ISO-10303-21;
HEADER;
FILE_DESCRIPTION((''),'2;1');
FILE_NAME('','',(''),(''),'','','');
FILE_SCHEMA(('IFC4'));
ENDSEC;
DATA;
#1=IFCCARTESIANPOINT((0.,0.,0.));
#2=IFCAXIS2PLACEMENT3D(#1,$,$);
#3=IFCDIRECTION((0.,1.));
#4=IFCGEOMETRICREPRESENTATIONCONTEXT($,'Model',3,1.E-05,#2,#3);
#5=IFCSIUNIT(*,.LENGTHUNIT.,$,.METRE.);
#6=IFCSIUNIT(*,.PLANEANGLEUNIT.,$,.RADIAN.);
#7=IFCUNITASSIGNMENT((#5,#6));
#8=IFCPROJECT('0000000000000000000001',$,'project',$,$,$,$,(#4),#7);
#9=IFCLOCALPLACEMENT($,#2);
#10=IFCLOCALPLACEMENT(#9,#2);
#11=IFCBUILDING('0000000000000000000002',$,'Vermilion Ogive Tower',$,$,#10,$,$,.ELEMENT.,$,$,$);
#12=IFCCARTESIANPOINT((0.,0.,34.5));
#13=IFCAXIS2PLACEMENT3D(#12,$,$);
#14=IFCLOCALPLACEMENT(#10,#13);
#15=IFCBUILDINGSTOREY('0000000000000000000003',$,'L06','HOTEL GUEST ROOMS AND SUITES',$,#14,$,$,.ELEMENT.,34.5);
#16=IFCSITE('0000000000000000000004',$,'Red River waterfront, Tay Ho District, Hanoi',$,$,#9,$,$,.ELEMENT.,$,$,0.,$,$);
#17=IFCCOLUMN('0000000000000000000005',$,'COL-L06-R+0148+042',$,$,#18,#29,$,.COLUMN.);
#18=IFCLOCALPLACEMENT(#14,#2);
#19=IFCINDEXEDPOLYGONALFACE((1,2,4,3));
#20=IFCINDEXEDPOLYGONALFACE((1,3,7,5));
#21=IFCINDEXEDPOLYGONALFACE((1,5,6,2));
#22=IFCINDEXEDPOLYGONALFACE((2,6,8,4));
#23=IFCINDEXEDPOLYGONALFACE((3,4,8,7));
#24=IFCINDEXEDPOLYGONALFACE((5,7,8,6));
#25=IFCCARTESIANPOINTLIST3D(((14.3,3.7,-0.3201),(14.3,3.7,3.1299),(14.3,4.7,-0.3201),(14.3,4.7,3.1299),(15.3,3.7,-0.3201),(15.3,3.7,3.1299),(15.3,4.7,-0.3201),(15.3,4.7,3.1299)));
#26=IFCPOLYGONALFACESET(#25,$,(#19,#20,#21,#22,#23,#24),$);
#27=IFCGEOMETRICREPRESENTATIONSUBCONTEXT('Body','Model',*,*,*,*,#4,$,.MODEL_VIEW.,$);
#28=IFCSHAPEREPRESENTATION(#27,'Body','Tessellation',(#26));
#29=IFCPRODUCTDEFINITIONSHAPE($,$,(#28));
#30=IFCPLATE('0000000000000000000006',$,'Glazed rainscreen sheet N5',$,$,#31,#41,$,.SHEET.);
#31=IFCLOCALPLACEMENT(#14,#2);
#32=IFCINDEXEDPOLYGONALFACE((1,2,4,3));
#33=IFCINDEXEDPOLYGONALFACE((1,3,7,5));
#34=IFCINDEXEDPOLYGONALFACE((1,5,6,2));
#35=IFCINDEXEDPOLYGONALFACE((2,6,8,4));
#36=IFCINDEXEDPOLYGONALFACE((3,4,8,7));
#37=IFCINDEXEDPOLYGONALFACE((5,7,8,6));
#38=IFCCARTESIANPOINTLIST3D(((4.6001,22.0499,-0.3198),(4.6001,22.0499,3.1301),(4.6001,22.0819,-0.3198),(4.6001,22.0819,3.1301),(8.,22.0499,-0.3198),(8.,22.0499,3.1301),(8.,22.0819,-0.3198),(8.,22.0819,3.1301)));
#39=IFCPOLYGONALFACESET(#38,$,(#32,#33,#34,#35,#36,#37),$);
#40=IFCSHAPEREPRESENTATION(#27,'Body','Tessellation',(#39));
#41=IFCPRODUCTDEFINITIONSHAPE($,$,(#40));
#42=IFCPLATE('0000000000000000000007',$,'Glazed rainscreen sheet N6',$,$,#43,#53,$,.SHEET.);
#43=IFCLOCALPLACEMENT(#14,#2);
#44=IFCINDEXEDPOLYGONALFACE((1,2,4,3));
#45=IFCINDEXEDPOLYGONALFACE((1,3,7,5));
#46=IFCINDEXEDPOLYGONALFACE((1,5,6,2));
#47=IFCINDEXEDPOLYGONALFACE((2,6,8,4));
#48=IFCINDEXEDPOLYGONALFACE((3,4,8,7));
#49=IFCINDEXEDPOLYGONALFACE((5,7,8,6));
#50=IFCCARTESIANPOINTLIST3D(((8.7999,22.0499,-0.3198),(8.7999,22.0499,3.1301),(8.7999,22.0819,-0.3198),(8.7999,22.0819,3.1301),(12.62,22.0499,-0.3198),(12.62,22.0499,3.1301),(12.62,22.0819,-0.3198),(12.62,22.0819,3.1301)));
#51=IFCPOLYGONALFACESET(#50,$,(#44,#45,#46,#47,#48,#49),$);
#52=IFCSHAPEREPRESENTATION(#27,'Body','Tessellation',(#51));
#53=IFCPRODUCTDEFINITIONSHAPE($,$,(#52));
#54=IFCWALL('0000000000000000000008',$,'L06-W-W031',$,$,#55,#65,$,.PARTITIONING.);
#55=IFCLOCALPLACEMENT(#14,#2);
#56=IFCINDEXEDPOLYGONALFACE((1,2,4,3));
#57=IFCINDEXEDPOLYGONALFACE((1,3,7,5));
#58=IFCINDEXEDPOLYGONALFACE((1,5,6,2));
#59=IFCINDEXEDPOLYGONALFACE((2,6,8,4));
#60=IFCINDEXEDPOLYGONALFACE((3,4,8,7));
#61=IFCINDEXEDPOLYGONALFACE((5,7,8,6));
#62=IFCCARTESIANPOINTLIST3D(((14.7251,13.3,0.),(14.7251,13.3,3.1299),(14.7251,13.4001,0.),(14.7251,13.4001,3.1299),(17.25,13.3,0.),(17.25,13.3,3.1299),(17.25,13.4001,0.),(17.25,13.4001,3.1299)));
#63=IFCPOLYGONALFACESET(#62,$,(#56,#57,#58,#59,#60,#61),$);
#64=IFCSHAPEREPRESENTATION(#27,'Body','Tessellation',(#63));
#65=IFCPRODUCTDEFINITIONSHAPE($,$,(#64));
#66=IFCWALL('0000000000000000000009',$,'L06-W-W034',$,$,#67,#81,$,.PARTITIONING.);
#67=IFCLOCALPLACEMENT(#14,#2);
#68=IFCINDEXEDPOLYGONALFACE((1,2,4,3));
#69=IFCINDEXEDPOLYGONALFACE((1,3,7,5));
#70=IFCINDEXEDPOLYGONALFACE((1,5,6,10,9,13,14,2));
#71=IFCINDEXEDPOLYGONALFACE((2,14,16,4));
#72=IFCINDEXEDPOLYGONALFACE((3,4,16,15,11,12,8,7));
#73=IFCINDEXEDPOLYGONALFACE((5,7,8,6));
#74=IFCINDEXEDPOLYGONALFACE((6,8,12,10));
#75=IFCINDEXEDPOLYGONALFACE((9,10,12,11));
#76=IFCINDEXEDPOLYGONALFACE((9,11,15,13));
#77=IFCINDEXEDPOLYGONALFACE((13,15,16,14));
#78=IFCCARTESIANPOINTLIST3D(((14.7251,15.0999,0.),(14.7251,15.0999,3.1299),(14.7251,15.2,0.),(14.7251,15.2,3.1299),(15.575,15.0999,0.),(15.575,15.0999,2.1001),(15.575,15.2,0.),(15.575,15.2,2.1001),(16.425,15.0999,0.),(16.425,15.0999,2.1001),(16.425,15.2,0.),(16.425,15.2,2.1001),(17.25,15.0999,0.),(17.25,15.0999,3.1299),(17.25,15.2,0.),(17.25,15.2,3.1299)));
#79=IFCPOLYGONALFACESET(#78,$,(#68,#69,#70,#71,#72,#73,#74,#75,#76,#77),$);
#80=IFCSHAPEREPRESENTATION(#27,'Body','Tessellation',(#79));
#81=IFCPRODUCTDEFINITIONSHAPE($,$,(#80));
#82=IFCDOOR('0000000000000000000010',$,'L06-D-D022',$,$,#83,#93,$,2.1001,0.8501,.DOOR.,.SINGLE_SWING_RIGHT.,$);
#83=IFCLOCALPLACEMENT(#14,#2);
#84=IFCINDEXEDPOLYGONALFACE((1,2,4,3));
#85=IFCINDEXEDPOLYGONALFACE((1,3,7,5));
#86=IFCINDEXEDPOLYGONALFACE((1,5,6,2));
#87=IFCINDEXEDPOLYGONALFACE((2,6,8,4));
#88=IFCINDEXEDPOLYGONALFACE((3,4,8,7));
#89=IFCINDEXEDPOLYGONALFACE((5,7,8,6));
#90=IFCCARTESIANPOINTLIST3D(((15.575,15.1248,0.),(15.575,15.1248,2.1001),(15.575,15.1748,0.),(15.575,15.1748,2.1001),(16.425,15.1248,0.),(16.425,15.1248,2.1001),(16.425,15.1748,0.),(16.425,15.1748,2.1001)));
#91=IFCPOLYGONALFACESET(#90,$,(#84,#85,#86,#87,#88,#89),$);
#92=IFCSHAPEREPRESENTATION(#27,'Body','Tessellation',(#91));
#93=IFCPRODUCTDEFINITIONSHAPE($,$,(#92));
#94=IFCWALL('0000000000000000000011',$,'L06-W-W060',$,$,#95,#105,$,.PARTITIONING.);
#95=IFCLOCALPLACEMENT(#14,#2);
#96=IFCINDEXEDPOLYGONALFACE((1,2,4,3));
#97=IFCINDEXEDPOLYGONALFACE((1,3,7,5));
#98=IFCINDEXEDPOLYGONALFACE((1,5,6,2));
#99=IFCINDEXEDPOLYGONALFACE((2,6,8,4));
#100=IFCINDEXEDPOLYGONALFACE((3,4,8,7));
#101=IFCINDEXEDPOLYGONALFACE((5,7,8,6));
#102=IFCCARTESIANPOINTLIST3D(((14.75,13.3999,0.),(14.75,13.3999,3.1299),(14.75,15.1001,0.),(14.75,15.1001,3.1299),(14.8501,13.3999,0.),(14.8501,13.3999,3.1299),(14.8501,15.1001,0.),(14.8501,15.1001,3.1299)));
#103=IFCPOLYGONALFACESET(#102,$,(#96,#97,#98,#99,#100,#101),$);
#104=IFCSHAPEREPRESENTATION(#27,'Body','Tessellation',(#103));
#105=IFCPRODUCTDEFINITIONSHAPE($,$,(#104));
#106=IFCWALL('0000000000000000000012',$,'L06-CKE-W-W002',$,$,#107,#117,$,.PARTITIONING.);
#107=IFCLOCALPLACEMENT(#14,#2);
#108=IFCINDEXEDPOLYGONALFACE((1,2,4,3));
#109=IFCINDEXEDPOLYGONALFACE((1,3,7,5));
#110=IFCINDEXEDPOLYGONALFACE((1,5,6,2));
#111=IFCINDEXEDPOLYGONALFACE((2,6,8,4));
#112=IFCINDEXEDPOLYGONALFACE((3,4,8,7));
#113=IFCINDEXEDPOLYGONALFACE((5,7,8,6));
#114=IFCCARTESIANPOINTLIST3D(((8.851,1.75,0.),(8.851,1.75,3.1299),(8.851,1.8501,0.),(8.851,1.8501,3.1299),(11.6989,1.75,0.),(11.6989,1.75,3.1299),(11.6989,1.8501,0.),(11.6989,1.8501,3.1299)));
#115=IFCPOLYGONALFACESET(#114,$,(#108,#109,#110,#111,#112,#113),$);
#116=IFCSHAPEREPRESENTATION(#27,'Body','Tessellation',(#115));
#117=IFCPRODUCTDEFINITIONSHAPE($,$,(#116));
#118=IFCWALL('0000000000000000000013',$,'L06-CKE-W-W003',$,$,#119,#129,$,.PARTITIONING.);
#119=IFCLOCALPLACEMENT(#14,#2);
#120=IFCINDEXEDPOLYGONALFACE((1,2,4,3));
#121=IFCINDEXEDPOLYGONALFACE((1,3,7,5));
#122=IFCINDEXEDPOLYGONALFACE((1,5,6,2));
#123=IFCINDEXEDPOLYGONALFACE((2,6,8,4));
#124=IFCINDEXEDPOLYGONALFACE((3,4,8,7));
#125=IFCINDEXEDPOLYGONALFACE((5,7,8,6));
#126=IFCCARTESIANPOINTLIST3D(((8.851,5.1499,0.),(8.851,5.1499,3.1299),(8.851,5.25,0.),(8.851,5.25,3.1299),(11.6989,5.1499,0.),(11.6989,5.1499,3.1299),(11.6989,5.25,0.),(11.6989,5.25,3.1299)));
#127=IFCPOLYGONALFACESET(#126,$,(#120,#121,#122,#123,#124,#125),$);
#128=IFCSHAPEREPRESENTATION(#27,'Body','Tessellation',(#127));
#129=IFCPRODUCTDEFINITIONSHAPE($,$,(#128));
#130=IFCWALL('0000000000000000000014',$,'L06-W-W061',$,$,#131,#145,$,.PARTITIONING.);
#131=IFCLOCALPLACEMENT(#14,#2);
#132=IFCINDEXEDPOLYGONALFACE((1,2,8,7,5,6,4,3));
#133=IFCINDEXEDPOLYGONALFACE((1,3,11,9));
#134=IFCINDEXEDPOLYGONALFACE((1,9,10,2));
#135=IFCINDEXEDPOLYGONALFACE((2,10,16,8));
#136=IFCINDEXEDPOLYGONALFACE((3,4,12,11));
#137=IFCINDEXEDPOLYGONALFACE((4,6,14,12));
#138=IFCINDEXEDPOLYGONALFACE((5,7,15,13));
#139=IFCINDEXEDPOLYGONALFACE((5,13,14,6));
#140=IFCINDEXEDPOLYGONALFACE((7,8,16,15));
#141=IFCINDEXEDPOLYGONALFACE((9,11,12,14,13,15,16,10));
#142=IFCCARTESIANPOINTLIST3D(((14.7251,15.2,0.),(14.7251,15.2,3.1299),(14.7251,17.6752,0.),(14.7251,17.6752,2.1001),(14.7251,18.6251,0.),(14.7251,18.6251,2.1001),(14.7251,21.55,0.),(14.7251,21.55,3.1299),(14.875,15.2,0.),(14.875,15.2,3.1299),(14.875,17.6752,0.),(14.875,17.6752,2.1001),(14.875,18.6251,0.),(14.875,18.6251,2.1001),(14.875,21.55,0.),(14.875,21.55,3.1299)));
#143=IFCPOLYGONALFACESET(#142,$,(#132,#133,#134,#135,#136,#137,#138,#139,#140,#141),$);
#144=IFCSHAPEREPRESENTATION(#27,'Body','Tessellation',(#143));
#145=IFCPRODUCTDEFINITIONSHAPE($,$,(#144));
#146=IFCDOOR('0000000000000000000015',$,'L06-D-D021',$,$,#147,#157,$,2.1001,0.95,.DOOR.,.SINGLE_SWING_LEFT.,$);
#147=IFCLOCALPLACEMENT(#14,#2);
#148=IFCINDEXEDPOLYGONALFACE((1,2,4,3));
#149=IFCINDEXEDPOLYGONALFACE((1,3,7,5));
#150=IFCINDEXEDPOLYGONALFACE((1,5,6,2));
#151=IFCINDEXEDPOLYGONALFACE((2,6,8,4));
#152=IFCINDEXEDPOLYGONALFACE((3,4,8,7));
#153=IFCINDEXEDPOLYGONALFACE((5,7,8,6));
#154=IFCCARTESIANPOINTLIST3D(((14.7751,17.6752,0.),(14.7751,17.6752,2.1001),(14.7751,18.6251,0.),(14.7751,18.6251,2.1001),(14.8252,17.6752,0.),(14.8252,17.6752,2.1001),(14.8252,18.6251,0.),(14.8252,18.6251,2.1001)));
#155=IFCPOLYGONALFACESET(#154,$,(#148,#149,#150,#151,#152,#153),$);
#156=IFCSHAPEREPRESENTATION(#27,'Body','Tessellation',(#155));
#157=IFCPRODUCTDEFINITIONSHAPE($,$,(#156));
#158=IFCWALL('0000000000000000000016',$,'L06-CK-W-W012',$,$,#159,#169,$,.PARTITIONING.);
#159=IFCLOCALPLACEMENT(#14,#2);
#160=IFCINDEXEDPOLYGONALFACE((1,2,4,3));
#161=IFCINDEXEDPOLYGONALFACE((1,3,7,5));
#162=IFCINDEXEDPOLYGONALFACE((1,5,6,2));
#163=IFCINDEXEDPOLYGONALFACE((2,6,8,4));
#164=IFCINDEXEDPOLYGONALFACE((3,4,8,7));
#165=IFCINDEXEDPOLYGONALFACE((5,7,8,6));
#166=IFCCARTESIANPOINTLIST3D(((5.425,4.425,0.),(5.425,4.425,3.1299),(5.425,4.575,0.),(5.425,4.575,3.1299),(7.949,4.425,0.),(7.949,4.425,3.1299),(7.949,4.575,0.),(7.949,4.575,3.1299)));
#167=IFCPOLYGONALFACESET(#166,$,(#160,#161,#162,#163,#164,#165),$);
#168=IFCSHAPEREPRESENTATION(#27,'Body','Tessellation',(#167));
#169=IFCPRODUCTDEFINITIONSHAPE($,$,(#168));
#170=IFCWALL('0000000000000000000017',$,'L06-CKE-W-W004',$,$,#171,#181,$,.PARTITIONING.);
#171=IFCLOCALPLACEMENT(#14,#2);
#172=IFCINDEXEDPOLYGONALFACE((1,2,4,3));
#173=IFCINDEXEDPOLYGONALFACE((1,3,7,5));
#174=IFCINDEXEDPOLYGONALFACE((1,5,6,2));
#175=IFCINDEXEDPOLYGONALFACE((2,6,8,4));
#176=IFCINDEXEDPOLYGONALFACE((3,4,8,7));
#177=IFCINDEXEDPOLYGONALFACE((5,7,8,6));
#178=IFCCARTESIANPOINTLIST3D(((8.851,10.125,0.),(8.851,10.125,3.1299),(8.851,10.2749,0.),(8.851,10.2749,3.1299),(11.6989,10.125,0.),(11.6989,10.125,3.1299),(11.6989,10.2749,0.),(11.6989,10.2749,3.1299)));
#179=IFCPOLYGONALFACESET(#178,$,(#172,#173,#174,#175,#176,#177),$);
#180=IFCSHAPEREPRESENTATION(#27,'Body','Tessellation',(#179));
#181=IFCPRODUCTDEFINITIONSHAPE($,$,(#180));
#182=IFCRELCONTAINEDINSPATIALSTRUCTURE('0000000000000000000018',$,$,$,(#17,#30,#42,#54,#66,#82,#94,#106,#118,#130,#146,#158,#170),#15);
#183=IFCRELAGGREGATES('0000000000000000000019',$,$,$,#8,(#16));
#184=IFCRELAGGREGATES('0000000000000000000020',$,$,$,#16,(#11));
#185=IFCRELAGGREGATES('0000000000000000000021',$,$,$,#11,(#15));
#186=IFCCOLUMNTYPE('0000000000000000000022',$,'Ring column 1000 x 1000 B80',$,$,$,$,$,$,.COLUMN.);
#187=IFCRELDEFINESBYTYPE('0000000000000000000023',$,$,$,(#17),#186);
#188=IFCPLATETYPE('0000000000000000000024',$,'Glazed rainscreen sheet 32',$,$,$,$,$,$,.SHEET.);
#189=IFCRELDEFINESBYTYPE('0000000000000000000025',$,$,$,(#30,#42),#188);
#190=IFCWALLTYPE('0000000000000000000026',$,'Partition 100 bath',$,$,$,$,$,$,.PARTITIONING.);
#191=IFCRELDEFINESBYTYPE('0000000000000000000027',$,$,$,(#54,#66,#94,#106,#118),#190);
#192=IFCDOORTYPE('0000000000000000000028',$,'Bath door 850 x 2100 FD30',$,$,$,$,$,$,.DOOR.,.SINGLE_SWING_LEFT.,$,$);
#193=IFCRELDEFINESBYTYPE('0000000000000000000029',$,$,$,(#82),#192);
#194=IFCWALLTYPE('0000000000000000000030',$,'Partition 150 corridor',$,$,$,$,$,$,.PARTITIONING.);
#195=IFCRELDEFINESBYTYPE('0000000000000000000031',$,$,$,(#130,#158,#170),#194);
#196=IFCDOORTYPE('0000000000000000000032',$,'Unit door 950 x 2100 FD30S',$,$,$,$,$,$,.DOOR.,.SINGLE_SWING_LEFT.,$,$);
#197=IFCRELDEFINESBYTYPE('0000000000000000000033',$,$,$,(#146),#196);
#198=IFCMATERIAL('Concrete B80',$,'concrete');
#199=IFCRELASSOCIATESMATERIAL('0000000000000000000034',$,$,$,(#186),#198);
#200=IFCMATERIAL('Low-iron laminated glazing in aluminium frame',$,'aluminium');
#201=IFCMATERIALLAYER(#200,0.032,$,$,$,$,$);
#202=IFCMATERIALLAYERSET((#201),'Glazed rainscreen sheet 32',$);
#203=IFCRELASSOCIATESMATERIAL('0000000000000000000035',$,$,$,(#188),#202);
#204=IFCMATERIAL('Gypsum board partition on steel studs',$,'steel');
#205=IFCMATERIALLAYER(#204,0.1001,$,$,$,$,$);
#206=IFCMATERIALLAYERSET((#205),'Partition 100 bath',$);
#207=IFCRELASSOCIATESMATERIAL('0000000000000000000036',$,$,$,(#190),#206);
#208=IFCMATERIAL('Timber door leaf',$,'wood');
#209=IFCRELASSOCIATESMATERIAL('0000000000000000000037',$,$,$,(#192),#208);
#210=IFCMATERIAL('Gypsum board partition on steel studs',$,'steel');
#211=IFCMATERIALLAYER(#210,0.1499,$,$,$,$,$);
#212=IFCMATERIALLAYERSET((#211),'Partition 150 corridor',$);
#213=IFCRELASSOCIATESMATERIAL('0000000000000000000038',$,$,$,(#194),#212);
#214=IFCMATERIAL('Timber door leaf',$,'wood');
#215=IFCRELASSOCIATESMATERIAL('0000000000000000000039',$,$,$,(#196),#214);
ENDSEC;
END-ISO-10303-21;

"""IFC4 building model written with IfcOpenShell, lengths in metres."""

from ifc_helpers import new_model, si_unit, direction, frame, frame_2d, origin, origin_2d, place, context, subcontext, project, spatial, rectangle, extrude, material, layer, layer_set, material_profile, profile_set, type_object, element, fill, save


model = new_model("IFC4")

# Units and contexts
model_context = context("Model", 3, precision=1e-05, world=origin(), true_north=direction((0.0, 1.0)))
body_context = subcontext(model_context, "Body", "Model", "MODEL_VIEW")
ifc_project = project(units=[si_unit("LENGTHUNIT", "METRE"), si_unit("PLANEANGLEUNIT", "RADIAN")], contexts=[model_context])

# Site, building, storey
site_placement = place(None, origin())
site = spatial("IfcSite", under=ifc_project, at=site_placement, Name="Red River waterfront, Tay Ho District, Hanoi", CompositionType="ELEMENT", RefElevation=0.0)
building_placement = place(site_placement, origin())
building = spatial("IfcBuilding", under=site, at=building_placement, Name="Vermilion Ogive Tower", CompositionType="ELEMENT")
storey_placement = place(building_placement, frame((0.0, 0.0, 34.5)))
storey = spatial("IfcBuildingStorey", under=building, at=storey_placement, Name="L06", Description="HOTEL GUEST ROOMS AND SUITES", CompositionType="ELEMENT", Elevation=34.5)

# Column
ifc_material_1 = material(Name="Concrete B80", Category="concrete")
ifc_material_profile = material_profile(ifc_material_1, rectangle(XDim=1.0, YDim=1.0, at=origin_2d()), Name="1000 x 1000")
ifc_profile_set = profile_set([ifc_material_profile], Name="Concrete B80")
column_type = type_object("IfcColumnType", Name="Ring column 1000 x 1000 B80", PredefinedType="COLUMN", material=ifc_profile_set)
column_placement = place(storey_placement, frame((14.8, 4.2, -0.3201), z_axis=(0.0, 0.0, 1.0), x_axis=(1.0, 0.0, 0.0)))
element("IfcColumn", 1, at=column_placement, inside=storey, type_object=column_type, Name="COL-L06-R+0148+042", PredefinedType="COLUMN", context=body_context, shape_type="SweptSolid", body=[
    extrude(rectangle(XDim=1.0, YDim=1.0, at=origin_2d()), origin(), (0.0, 0.0, 1.0), 3.45),
])

# Plates
ifc_material_2 = material(Name="Low-iron laminated glazing in aluminium frame", Category="aluminium")
ifc_layer_1 = layer(ifc_material_2, 0.032)
ifc_layer_set_1 = layer_set([ifc_layer_1], Name="Glazed rainscreen sheet 32")
plate_type = type_object("IfcPlateType", Name="Glazed rainscreen sheet 32", PredefinedType="SHEET", material=ifc_layer_set_1)
plate_1_placement = place(storey_placement, frame((6.3, 22.0659, -0.3198), z_axis=(0.0, 0.0, 1.0), x_axis=(1.0, 0.0, 0.0)))
element("IfcPlate", 2, at=plate_1_placement, inside=storey, type_object=plate_type, Name="Glazed rainscreen sheet N5", PredefinedType="SHEET", context=body_context, shape_type="SweptSolid", body=[
    extrude(rectangle(XDim=3.3999, YDim=0.032, at=origin_2d()), origin(), (0.0, 0.0, 1.0), 3.45),
])
plate_2_placement = place(storey_placement, frame((10.71, 22.0659, -0.3198), z_axis=(0.0, 0.0, 1.0), x_axis=(1.0, 0.0, 0.0)))
element("IfcPlate", 3, at=plate_2_placement, inside=storey, type_object=plate_type, Name="Glazed rainscreen sheet N6", PredefinedType="SHEET", context=body_context, shape_type="SweptSolid", body=[
    extrude(rectangle(XDim=3.8201, YDim=0.032, at=origin_2d()), origin(), (0.0, 0.0, 1.0), 3.45),
])

# Wall
ifc_material_3 = material(Name="Gypsum board partition on steel studs", Category="steel")
ifc_layer_2 = layer(ifc_material_3, 0.1001)
ifc_layer_set_2 = layer_set([ifc_layer_2], Name="Partition 100 bath")
wall_type_1 = type_object("IfcWallType", Name="Partition 100 bath", PredefinedType="PARTITIONING", material=ifc_layer_set_2)
wall_1_placement = place(storey_placement, frame((14.7251, 13.3501, 0.0), z_axis=(0.0, 0.0, 1.0), x_axis=(1.0, 0.0, 0.0)))
element("IfcWall", 4, at=wall_1_placement, inside=storey, type_object=wall_type_1, Name="L06-W-W031", PredefinedType="PARTITIONING", context=body_context, shape_type="SweptSolid", body=[
    extrude(rectangle(XDim=2.5249, YDim=0.1001, at=frame_2d((1.2625, 0.0))), origin(), (0.0, 0.0, 1.0), 3.1299),
])

# Wall, opening, door
wall_2_placement = place(storey_placement, frame((14.7251, 15.1499, 0.0), z_axis=(0.0, 0.0, 1.0), x_axis=(1.0, 0.0, 0.0)))
wall_2 = element("IfcWall", 5, at=wall_2_placement, inside=storey, type_object=wall_type_1, Name="L06-W-W034", PredefinedType="PARTITIONING", context=body_context, shape_type="SweptSolid", body=[
    extrude(rectangle(XDim=2.5249, YDim=0.1001, at=frame_2d((1.2625, 0.0))), origin(), (0.0, 0.0, 1.0), 3.1299),
])
opening_1_placement = place(wall_2_placement, frame((0.8499, 0.0, 0.0)))
opening_1 = element("IfcOpeningElement", 6, at=opening_1_placement, cuts=wall_2, PredefinedType="OPENING", context=body_context, shape_type="SweptSolid", body=[
    extrude(rectangle(XDim=0.8501, YDim=2.1001, at=frame_2d((0.425, 1.05))), frame((0.0, 0.0601, 0.0), z_axis=(0.0, -1.0, 0.0), x_axis=(1.0, 0.0, 0.0)), (0.0, 0.0, 1.0), 0.1201),
])
ifc_material_4 = material(Name="Timber door leaf", Category="wood")
door_type_1 = type_object("IfcDoorType", Name="Bath door 850 x 2100 FD30", OperationType="SINGLE_SWING_LEFT", PredefinedType="DOOR", material=ifc_material_4)
door_1_placement = place(opening_1_placement, origin())
door_1 = element("IfcDoor", 7, at=door_1_placement, inside=storey, type_object=door_type_1, Name="L06-D-D022", OperationType="SINGLE_SWING_RIGHT", OverallHeight=2.1001, OverallWidth=0.8501, PredefinedType="DOOR", context=body_context, shape_type="SweptSolid", body=[
    extrude(rectangle(XDim=0.8501, YDim=2.1001, at=frame_2d((0.425, 1.05))), frame((0.0, 0.0249, 0.0), z_axis=(0.0, -1.0, 0.0), x_axis=(1.0, 0.0, 0.0)), (0.0, 0.0, 1.0), 0.05),
])
fill(opening_1, door_1)

# Walls
wall_3_placement = place(storey_placement, frame((14.8, 13.3999, 0.0), z_axis=(0.0, 0.0, 1.0), x_axis=(0.0, 1.0, 0.0)))
element("IfcWall", 8, at=wall_3_placement, inside=storey, type_object=wall_type_1, Name="L06-W-W060", PredefinedType="PARTITIONING", context=body_context, shape_type="SweptSolid", body=[
    extrude(rectangle(XDim=1.7002, YDim=0.1001, at=frame_2d((0.8501, 0.0))), origin(), (0.0, 0.0, 1.0), 3.1299),
])
for number, where, z_axis, x_axis, name in (
    (9, (8.8511, 1.8, 0.0), (0.0, 0.0, 1.0), (1.0, 0.0, 0.0), "L06-CKE-W-W002"),
    (10, (8.8511, 5.2, 0.0), (0.0, 0.0, 1.0), (1.0, 0.0, 0.0), "L06-CKE-W-W003"),
):
    element("IfcWall", number, at=place(storey_placement, frame(where, z_axis=z_axis, x_axis=x_axis)), inside=storey, type_object=wall_type_1, Name=name, PredefinedType="PARTITIONING", context=body_context, shape_type="SweptSolid", body=[
        extrude(rectangle(XDim=2.8479, YDim=0.1001, at=frame_2d((1.4238, 0.0))), origin(), (0.0, 0.0, 1.0), 3.1299),
    ])

# Wall, opening, door
ifc_material_5 = material(Name="Gypsum board partition on steel studs", Category="steel")
ifc_layer_3 = layer(ifc_material_5, 0.1499)
ifc_layer_set_3 = layer_set([ifc_layer_3], Name="Partition 150 corridor")
wall_type_2 = type_object("IfcWallType", Name="Partition 150 corridor", PredefinedType="PARTITIONING", material=ifc_layer_set_3)
wall_4_placement = place(storey_placement, frame((14.8, 15.2, 0.0), z_axis=(0.0, 0.0, 1.0), x_axis=(0.0, 1.0, 0.0)))
wall_4 = element("IfcWall", 11, at=wall_4_placement, inside=storey, type_object=wall_type_2, Name="L06-W-W061", PredefinedType="PARTITIONING", context=body_context, shape_type="SweptSolid", body=[
    extrude(rectangle(XDim=6.3501, YDim=0.1499, at=frame_2d((3.175, 0.0))), origin(), (0.0, 0.0, 1.0), 3.1299),
])
opening_2_placement = place(wall_4_placement, frame((2.4751, 0.0, 0.0)))
opening_2 = element("IfcOpeningElement", 12, at=opening_2_placement, cuts=wall_4, PredefinedType="OPENING", context=body_context, shape_type="SweptSolid", body=[
    extrude(rectangle(XDim=0.95, YDim=2.1001, at=frame_2d((0.4751, 1.05))), frame((0.0, 0.085, 0.0), z_axis=(0.0, -1.0, 0.0), x_axis=(1.0, 0.0, 0.0)), (0.0, 0.0, 1.0), 0.1699),
])
ifc_material_6 = material(Name="Timber door leaf", Category="wood")
door_type_2 = type_object("IfcDoorType", Name="Unit door 950 x 2100 FD30S", OperationType="SINGLE_SWING_LEFT", PredefinedType="DOOR", material=ifc_material_6)
door_2_placement = place(opening_2_placement, origin())
door_2 = element("IfcDoor", 13, at=door_2_placement, inside=storey, type_object=door_type_2, Name="L06-D-D021", OperationType="SINGLE_SWING_LEFT", OverallHeight=2.1001, OverallWidth=0.95, PredefinedType="DOOR", context=body_context, shape_type="SweptSolid", body=[
    extrude(rectangle(XDim=0.95, YDim=2.1001, at=frame_2d((0.4751, 1.05))), frame((0.0, 0.0249, 0.0), z_axis=(0.0, -1.0, 0.0), x_axis=(1.0, 0.0, 0.0)), (0.0, 0.0, 1.0), 0.05),
])
fill(opening_2, door_2)

# Walls
wall_5_placement = place(storey_placement, frame((5.425, 4.5, 0.0), z_axis=(0.0, 0.0, 1.0), x_axis=(1.0, 0.0, 0.0)))
element("IfcWall", 14, at=wall_5_placement, inside=storey, type_object=wall_type_2, Name="L06-CK-W-W012", PredefinedType="PARTITIONING", context=body_context, shape_type="SweptSolid", body=[
    extrude(rectangle(XDim=2.5239, YDim=0.1499, at=frame_2d((1.262, 0.0))), origin(), (0.0, 0.0, 1.0), 3.1299),
])
for number, where, z_axis, x_axis, name in (
    (15, (8.8511, 10.2, 0.0), (0.0, 0.0, 1.0), (1.0, 0.0, 0.0), "L06-CKE-W-W004"),
):
    element("IfcWall", number, at=place(storey_placement, frame(where, z_axis=z_axis, x_axis=x_axis)), inside=storey, type_object=wall_type_2, Name=name, PredefinedType="PARTITIONING", context=body_context, shape_type="SweptSolid", body=[
        extrude(rectangle(XDim=2.8479, YDim=0.1499, at=frame_2d((1.4238, 0.0))), origin(), (0.0, 0.0, 1.0), 3.1299),
    ])

save(model, "model.ifc")
